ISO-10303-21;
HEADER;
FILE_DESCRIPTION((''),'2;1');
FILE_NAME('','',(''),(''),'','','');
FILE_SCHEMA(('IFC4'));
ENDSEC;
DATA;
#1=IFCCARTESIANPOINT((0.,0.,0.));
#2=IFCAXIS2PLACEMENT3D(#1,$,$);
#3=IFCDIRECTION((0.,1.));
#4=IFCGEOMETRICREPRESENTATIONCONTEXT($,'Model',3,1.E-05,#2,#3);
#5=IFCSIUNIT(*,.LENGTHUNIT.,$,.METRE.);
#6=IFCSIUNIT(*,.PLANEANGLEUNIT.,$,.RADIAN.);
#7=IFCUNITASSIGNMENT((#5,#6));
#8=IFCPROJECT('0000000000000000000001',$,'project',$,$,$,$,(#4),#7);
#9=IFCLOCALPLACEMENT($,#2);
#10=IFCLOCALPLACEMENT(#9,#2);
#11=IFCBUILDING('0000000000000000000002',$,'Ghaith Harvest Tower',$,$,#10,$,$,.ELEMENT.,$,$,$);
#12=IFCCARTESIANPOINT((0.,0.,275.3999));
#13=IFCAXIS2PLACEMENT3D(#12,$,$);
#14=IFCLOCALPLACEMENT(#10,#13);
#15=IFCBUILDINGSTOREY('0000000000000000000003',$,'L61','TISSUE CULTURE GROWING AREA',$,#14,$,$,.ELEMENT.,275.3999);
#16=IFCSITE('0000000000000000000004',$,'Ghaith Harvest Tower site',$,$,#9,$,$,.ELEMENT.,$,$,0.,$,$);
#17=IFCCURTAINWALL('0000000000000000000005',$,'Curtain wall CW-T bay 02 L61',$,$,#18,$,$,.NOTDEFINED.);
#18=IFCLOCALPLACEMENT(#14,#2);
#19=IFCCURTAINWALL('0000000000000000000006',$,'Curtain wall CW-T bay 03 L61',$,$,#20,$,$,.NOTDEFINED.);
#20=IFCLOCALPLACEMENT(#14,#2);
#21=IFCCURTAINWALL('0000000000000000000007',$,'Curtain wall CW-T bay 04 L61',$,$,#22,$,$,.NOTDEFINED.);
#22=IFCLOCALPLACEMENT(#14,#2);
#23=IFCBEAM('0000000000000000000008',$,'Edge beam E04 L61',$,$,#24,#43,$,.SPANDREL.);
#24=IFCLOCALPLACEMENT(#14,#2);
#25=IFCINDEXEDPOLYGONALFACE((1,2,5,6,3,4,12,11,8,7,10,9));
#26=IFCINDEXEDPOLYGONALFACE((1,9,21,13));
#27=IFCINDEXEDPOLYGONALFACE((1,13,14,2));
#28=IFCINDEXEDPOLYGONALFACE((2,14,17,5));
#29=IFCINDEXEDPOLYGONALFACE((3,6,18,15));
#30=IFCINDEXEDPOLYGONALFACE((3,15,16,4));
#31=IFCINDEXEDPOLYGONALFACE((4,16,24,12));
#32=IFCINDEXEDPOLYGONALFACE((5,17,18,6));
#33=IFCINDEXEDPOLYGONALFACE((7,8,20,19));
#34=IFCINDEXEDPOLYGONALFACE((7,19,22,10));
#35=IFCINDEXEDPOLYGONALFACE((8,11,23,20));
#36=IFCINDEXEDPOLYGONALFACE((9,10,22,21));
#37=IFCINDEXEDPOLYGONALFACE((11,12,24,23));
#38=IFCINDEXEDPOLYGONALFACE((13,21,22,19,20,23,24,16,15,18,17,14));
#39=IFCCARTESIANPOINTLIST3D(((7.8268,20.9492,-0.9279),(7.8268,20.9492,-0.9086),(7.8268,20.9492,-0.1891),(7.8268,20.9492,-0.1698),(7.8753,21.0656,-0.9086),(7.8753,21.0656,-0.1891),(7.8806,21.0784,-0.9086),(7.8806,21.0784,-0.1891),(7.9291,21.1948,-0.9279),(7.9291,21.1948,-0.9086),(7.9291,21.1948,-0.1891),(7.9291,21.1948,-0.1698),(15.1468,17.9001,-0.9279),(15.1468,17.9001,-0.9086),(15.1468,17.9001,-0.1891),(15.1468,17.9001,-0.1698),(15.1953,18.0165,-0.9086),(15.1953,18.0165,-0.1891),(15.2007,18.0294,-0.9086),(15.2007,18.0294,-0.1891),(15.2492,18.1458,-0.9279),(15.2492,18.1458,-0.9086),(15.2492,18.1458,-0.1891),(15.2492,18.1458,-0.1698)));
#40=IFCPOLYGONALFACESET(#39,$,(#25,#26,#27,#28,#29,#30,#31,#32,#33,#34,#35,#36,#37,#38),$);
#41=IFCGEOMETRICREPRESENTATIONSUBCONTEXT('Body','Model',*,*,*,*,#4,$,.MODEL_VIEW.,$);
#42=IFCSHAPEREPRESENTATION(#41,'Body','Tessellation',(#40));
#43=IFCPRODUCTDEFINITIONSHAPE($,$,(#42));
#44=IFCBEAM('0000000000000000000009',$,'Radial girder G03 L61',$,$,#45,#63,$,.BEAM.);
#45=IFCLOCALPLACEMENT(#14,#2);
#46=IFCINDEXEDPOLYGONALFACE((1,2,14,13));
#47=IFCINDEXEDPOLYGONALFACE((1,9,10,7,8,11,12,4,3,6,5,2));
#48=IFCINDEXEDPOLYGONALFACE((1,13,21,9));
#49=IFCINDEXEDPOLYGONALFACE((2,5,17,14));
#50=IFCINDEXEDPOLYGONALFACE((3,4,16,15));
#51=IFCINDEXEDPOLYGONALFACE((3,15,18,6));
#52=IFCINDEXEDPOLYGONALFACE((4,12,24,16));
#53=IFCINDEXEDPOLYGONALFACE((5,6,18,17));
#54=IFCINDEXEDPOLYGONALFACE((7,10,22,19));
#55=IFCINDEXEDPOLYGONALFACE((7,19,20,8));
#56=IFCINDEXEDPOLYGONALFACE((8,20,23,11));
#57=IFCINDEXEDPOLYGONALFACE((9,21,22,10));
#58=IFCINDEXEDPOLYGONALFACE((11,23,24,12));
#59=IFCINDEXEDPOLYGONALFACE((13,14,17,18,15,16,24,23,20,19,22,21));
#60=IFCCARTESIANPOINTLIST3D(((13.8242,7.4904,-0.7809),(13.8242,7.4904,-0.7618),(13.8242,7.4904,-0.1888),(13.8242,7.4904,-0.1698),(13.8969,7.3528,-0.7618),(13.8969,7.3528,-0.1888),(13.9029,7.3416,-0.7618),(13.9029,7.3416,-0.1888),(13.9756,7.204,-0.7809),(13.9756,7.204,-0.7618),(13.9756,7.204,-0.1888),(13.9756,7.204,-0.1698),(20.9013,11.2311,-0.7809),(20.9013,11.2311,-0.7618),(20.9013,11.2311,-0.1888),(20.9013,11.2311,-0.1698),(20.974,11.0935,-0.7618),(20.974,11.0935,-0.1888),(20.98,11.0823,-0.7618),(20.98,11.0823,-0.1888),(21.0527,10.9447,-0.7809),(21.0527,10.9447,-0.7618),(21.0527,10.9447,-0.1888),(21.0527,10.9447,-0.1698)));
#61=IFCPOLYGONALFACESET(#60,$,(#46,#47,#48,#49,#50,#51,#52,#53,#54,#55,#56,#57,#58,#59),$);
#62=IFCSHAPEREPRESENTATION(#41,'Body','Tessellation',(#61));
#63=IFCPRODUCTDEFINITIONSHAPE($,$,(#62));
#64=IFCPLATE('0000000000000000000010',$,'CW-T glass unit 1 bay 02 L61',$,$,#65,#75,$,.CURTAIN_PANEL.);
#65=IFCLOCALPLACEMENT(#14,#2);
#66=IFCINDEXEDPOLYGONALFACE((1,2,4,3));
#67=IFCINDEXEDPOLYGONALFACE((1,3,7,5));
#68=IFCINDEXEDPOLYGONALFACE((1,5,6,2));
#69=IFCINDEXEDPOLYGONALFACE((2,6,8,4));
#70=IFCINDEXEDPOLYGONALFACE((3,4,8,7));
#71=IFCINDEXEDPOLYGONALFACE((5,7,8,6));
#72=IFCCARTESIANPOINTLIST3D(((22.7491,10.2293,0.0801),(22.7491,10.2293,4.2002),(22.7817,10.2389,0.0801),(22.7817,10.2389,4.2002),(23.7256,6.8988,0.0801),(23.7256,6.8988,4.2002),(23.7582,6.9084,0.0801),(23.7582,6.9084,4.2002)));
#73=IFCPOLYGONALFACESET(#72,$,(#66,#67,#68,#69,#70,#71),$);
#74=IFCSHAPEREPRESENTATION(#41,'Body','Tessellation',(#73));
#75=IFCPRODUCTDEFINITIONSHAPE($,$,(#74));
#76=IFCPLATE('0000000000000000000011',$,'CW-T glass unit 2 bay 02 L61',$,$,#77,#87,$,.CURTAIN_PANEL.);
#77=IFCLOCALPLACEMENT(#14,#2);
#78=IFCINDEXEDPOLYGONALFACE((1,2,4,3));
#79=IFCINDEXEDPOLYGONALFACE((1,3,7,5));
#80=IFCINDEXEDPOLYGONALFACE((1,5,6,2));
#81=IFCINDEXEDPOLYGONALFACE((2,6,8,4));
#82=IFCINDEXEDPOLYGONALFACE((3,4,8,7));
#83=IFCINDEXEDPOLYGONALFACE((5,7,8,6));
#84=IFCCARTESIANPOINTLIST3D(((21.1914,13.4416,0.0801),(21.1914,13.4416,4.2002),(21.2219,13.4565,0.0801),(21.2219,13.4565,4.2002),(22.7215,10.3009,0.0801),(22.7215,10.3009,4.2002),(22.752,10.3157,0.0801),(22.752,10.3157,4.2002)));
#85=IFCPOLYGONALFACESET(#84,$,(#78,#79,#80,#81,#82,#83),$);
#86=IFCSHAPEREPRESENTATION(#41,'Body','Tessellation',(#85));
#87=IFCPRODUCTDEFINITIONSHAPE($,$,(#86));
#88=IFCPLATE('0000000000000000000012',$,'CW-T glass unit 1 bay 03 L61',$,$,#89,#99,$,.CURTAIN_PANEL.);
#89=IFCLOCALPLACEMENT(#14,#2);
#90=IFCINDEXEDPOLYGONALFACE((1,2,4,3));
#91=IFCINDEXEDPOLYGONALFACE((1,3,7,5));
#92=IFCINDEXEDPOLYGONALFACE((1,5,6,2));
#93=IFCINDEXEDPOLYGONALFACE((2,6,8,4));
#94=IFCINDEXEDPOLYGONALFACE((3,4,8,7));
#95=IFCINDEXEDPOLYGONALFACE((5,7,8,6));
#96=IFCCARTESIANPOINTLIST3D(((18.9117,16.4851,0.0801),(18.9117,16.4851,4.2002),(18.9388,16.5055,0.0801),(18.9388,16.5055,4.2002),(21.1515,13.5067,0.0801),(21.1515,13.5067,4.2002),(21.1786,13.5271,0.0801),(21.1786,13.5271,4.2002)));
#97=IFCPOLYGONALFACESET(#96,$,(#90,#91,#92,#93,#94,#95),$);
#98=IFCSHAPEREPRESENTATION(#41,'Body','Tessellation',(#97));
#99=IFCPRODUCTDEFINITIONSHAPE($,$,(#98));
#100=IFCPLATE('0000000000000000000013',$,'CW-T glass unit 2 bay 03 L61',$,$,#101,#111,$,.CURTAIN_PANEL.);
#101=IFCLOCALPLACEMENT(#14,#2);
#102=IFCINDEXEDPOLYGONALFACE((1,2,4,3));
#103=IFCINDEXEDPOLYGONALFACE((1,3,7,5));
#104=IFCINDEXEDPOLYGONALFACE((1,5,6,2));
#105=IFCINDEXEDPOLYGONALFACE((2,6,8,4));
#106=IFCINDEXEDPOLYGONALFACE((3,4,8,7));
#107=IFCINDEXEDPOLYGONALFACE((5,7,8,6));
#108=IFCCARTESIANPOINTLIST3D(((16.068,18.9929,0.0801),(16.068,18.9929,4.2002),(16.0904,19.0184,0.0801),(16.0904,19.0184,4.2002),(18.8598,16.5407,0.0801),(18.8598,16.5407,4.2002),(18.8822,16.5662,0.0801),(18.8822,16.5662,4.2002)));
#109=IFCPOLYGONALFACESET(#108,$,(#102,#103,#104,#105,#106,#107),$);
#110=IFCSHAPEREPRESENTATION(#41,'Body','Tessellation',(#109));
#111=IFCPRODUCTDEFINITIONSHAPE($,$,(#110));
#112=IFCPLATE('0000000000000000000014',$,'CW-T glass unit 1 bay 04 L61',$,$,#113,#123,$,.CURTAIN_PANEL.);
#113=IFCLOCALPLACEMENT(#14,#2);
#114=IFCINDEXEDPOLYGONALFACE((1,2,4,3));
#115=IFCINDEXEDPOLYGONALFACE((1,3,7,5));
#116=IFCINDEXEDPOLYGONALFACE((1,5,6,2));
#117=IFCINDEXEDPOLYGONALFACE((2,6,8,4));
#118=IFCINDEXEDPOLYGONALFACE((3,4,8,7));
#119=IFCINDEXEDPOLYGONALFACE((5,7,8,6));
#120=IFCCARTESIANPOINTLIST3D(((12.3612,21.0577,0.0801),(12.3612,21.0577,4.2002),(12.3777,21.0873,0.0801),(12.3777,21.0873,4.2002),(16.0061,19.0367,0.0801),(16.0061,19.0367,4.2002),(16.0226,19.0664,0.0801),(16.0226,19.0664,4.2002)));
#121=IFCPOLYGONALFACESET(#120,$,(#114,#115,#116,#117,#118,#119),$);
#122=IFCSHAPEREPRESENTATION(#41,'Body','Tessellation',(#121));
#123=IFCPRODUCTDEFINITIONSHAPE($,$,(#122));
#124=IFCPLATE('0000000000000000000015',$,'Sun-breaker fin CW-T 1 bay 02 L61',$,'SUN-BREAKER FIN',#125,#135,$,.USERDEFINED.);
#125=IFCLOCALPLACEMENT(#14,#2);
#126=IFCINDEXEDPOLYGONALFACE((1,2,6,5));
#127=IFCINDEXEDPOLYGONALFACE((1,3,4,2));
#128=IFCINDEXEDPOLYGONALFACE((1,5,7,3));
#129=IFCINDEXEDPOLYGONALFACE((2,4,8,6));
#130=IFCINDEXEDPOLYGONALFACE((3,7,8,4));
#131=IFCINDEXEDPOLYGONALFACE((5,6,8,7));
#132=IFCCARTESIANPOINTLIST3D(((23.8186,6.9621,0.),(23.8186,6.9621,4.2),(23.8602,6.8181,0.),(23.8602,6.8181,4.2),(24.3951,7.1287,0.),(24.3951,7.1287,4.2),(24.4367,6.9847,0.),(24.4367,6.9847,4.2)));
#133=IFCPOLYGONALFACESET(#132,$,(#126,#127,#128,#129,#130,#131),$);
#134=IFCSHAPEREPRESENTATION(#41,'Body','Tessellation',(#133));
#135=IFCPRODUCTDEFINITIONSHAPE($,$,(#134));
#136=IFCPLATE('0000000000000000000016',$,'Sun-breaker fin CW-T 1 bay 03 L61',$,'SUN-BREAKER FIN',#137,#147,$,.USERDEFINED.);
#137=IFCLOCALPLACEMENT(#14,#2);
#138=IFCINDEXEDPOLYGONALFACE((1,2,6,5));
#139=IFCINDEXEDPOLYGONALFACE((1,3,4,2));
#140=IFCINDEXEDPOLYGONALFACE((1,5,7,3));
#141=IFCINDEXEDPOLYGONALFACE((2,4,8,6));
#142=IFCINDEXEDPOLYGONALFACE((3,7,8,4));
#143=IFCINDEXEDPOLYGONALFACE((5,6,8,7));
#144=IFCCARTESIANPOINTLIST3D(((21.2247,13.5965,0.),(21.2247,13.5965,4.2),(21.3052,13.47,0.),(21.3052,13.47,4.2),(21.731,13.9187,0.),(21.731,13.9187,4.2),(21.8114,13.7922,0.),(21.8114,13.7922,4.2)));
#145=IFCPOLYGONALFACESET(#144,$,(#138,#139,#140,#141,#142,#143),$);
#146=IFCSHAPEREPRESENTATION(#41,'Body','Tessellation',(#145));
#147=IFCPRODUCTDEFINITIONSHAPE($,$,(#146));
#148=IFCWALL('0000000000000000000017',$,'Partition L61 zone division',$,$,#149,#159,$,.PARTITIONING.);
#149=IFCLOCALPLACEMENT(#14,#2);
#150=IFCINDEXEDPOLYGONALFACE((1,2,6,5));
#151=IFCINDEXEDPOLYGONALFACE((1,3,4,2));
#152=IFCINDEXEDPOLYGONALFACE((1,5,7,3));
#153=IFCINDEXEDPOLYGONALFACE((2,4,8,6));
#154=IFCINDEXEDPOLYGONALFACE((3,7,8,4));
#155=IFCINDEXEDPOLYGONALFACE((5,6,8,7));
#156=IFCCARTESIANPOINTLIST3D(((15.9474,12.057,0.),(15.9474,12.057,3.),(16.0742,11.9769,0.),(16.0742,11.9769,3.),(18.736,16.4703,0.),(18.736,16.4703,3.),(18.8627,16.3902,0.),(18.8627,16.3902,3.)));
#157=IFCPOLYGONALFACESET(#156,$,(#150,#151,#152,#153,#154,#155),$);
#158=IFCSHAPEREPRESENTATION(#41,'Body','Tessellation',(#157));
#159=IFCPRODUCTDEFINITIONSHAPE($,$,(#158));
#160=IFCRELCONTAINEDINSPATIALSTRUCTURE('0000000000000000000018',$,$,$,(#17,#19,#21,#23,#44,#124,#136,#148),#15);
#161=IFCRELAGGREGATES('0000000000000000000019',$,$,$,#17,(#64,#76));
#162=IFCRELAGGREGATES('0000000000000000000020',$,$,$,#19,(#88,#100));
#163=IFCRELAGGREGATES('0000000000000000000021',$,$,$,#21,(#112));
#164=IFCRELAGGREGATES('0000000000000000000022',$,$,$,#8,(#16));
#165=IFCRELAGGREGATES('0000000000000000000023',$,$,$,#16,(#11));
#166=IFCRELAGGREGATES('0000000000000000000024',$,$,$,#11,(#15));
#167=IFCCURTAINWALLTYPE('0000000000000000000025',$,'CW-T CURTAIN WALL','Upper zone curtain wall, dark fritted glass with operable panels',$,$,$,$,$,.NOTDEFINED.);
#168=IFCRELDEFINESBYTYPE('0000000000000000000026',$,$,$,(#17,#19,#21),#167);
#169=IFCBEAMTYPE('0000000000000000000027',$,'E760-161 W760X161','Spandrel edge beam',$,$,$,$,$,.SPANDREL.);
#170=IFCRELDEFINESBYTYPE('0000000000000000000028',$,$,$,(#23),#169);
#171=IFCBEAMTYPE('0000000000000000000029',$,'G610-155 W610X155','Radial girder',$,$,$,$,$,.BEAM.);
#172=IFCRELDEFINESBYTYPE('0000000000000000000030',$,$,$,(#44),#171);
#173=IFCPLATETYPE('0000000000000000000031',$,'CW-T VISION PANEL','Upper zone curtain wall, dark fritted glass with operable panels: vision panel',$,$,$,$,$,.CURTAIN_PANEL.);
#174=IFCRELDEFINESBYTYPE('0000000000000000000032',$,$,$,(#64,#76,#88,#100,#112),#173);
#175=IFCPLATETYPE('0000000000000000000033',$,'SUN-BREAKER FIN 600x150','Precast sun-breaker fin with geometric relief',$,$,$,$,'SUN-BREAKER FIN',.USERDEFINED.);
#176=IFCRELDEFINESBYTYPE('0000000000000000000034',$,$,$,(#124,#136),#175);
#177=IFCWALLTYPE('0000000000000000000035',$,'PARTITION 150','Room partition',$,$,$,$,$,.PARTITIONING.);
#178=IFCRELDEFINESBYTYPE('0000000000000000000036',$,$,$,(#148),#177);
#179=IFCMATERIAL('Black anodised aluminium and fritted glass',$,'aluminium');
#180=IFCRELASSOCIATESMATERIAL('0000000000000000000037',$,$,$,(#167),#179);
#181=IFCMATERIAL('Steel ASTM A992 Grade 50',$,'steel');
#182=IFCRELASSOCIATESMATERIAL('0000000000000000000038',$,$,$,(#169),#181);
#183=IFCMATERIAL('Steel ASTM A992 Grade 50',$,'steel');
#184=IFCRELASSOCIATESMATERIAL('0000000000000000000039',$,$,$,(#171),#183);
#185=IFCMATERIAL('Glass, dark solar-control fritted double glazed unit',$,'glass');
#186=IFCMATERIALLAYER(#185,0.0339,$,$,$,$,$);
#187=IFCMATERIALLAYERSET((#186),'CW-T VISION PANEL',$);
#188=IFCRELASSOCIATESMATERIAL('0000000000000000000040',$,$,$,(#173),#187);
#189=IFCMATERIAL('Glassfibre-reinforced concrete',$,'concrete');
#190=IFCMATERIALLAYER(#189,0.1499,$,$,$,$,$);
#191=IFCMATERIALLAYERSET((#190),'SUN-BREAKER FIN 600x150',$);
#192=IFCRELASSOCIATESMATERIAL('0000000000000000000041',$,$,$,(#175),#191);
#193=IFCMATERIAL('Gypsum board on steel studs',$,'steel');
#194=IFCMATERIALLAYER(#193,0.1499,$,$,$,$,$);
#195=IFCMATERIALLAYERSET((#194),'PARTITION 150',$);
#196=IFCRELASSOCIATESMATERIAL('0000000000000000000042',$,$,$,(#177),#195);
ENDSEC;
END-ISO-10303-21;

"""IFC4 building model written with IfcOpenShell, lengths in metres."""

from ifc_helpers import new_model, si_unit, direction, frame, frame_2d, origin, origin_2d, place, context, subcontext, project, spatial, rectangle, i_section, extrude, material, layer, layer_set, material_profile, profile_set, type_object, element, aggregate, save


model = new_model("IFC4")

# Units and contexts
model_context = context("Model", 3, precision=1e-05, world=origin(), true_north=direction((0.0, 1.0)))
body_context = subcontext(model_context, "Body", "Model", "MODEL_VIEW")
ifc_project = project(units=[si_unit("LENGTHUNIT", "METRE"), si_unit("PLANEANGLEUNIT", "RADIAN")], contexts=[model_context])

# Site, building, storey
site_placement = place(None, origin())
site = spatial("IfcSite", under=ifc_project, at=site_placement, Name="Ghaith Harvest Tower site", CompositionType="ELEMENT", RefElevation=0.0)
building_placement = place(site_placement, origin())
building = spatial("IfcBuilding", under=site, at=building_placement, Name="Ghaith Harvest Tower", CompositionType="ELEMENT")
storey_placement = place(building_placement, frame((0.0, 0.0, 275.3999)))
storey = spatial("IfcBuildingStorey", under=building, at=storey_placement, Name="L61", Description="TISSUE CULTURE GROWING AREA", CompositionType="ELEMENT", Elevation=275.3999)

# Curtain walls
ifc_material_1 = material(Name="Black anodised aluminium and fritted glass", Category="aluminium")
curtain_wall_type = type_object("IfcCurtainWallType", Name="CW-T CURTAIN WALL", Description="Upper zone curtain wall, dark fritted glass with operable panels", PredefinedType="NOTDEFINED", material=ifc_material_1)
curtain_wall_1_placement = place(storey_placement, origin())
curtain_wall_1 = element("IfcCurtainWall", 1, at=curtain_wall_1_placement, inside=storey, type_object=curtain_wall_type, Name="Curtain wall CW-T bay 02 L61", PredefinedType="NOTDEFINED")
curtain_wall_2_placement = place(storey_placement, origin())
curtain_wall_2 = element("IfcCurtainWall", 2, at=curtain_wall_2_placement, inside=storey, type_object=curtain_wall_type, Name="Curtain wall CW-T bay 03 L61", PredefinedType="NOTDEFINED")

# Curtain wall
curtain_wall_3_placement = place(storey_placement, origin())
curtain_wall_3 = element("IfcCurtainWall", 3, at=curtain_wall_3_placement, inside=storey, type_object=curtain_wall_type, Name="Curtain wall CW-T bay 04 L61", PredefinedType="NOTDEFINED")

# Beams
ifc_material_2 = material(Name="Steel ASTM A992 Grade 50", Category="steel")
ifc_material_profile_1 = material_profile(ifc_material_2, i_section(OverallWidth=0.2661, OverallDepth=0.7581, WebThickness=0.0139, FlangeThickness=0.0193, at=origin_2d()), Name="W760X161")
ifc_profile_set_1 = profile_set([ifc_material_profile_1], Name="Steel ASTM A992 Grade 50")
beam_type_1 = type_object("IfcBeamType", Name="E760-161 W760X161", Description="Spandrel edge beam", PredefinedType="SPANDREL", material=ifc_profile_set_1)
beam_1_placement = place(storey_placement, frame((15.198, 18.0229, -0.5488), z_axis=(-0.92312, 0.384513, 0.0), x_axis=(-0.384513, -0.92312, 0.0)))
element("IfcBeam", 4, at=beam_1_placement, inside=storey, type_object=beam_type_1, Name="Edge beam E04 L61", PredefinedType="SPANDREL", context=body_context, shape_type="SweptSolid", body=[
    extrude(i_section(OverallWidth=0.2661, OverallDepth=0.7581, WebThickness=0.0139, FlangeThickness=0.0193, at=origin_2d()), origin(), (0.0, 0.0, 1.0), 7.9297),
])
ifc_material_3 = material(Name="Steel ASTM A992 Grade 50", Category="steel")
ifc_material_profile_2 = material_profile(ifc_material_3, i_section(OverallWidth=0.324, OverallDepth=0.6111, WebThickness=0.0127, FlangeThickness=0.019, at=origin_2d()), Name="W610X155")
ifc_profile_set_2 = profile_set([ifc_material_profile_2], Name="Steel ASTM A992 Grade 50")
beam_type_2 = type_object("IfcBeamType", Name="G610-155 W610X155", Description="Radial girder", PredefinedType="BEAM", material=ifc_profile_set_2)
beam_2_placement = place(storey_placement, frame((13.8999, 7.3472, -0.4753), z_axis=(0.884098, 0.467302, 0.0), x_axis=(-0.467302, 0.884098, 0.0)))
element("IfcBeam", 5, at=beam_2_placement, inside=storey, type_object=beam_type_2, Name="Radial girder G03 L61", PredefinedType="BEAM", context=body_context, shape_type="SweptSolid", body=[
    extrude(i_section(OverallWidth=0.324, OverallDepth=0.6111, WebThickness=0.0127, FlangeThickness=0.019, at=origin_2d()), origin(), (0.0, 0.0, 1.0), 8.0049),
])

# Plates
ifc_material_4 = material(Name="Glass, dark solar-control fritted double glazed unit", Category="glass")
ifc_layer_1 = layer(ifc_material_4, 0.0339)
ifc_layer_set_1 = layer_set([ifc_layer_1], Name="CW-T VISION PANEL")
plate_type_1 = type_object("IfcPlateType", Name="CW-T VISION PANEL", Description="Upper zone curtain wall, dark fritted glass with operable panels: vision panel", PredefinedType="CURTAIN_PANEL", material=ifc_layer_set_1)
plate_1_placement = place(storey_placement, frame((23.2537, 8.5688, 0.0801), z_axis=(0.0, 0.0, 1.0), x_axis=(-0.281345, 0.959607, 0.0)))
plate_1 = element("IfcPlate", 6, at=plate_1_placement, type_object=plate_type_1, Name="CW-T glass unit 1 bay 02 L61", PredefinedType="CURTAIN_PANEL", context=body_context, shape_type="SweptSolid", body=[
    extrude(rectangle(XDim=3.4707, YDim=0.0339, at=origin_2d()), origin(), (0.0, 0.0, 1.0), 4.1201),
])
plate_2_placement = place(storey_placement, frame((21.9717, 11.8787, 0.0801), z_axis=(0.0, 0.0, 1.0), x_axis=(-0.437968, 0.89899, 0.0)))
plate_2 = element("IfcPlate", 7, at=plate_2_placement, type_object=plate_type_1, Name="CW-T glass unit 2 bay 02 L61", PredefinedType="CURTAIN_PANEL", context=body_context, shape_type="SweptSolid", body=[
    extrude(rectangle(XDim=3.4937, YDim=0.0339, at=origin_2d()), origin(), (0.0, 0.0, 1.0), 4.1201),
])
aggregate(curtain_wall_1, [plate_1, plate_2])
plate_3_placement = place(storey_placement, frame((20.0452, 15.0061, 0.0801), z_axis=(0.0, 0.0, 1.0), x_axis=(-0.601048, 0.799213, 0.0)))
plate_3 = element("IfcPlate", 8, at=plate_3_placement, type_object=plate_type_1, Name="CW-T glass unit 1 bay 03 L61", PredefinedType="CURTAIN_PANEL", context=body_context, shape_type="SweptSolid", body=[
    extrude(rectangle(XDim=3.7266, YDim=0.0339, at=origin_2d()), origin(), (0.0, 0.0, 1.0), 4.1201),
])
plate_4_placement = place(storey_placement, frame((17.4751, 17.7795, 0.0801), z_axis=(0.0, 0.0, 1.0), x_axis=(-0.751335, 0.659922, 0.0)))
plate_4 = element("IfcPlate", 9, at=plate_4_placement, type_object=plate_type_1, Name="CW-T glass unit 2 bay 03 L61", PredefinedType="CURTAIN_PANEL", context=body_context, shape_type="SweptSolid", body=[
    extrude(rectangle(XDim=3.7158, YDim=0.0339, at=origin_2d()), origin(), (0.0, 0.0, 1.0), 4.1201),
])
aggregate(curtain_wall_2, [plate_3, plate_4])
plate_5_placement = place(storey_placement, frame((14.1919, 20.062, 0.0801), z_axis=(0.0, 0.0, 1.0), x_axis=(-0.874564, 0.48491, 0.0)))
plate_5 = element("IfcPlate", 10, at=plate_5_placement, type_object=plate_type_1, Name="CW-T glass unit 1 bay 04 L61", PredefinedType="CURTAIN_PANEL", context=body_context, shape_type="SweptSolid", body=[
    extrude(rectangle(XDim=4.1677, YDim=0.0339, at=origin_2d()), origin(), (0.0, 0.0, 1.0), 4.1201),
])
aggregate(curtain_wall_3, [plate_5])

# Plates
ifc_material_5 = material(Name="Glassfibre-reinforced concrete", Category="concrete")
ifc_layer_2 = layer(ifc_material_5, 0.1499)
ifc_layer_set_2 = layer_set([ifc_layer_2], Name="SUN-BREAKER FIN 600x150")
plate_type_2 = type_object("IfcPlateType", Name="SUN-BREAKER FIN 600x150", Description="Precast sun-breaker fin with geometric relief", ElementType="SUN-BREAKER FIN", PredefinedType="USERDEFINED", material=ifc_layer_set_2)
for number, where, z_axis, x_axis, name in (
    (11, (24.1277, 6.9734, 0.0), (0.0, 0.0, 1.0), (0.96068, 0.277657, 0.0), "Sun-breaker fin CW-T 1 bay 02 L61"),
    (12, (21.5181, 13.6943, 0.0), (0.0, 0.0, 1.0), (0.843644, 0.536903, 0.0), "Sun-breaker fin CW-T 1 bay 03 L61"),
):
    element("IfcPlate", number, at=place(storey_placement, frame(where, z_axis=z_axis, x_axis=x_axis)), inside=storey, type_object=plate_type_2, Name=name, ObjectType="SUN-BREAKER FIN", PredefinedType="USERDEFINED", context=body_context, shape_type="SweptSolid", body=[
        extrude(rectangle(XDim=0.6001, YDim=0.1499, at=origin_2d()), origin(), (0.0, 0.0, 1.0), 4.2),
    ])

# Wall
ifc_material_6 = material(Name="Gypsum board on steel studs", Category="steel")
ifc_layer_3 = layer(ifc_material_6, 0.1499)
ifc_layer_set_3 = layer_set([ifc_layer_3], Name="PARTITION 150")
wall_type_1 = type_object("IfcWallType", Name="PARTITION 150", Description="Room partition", PredefinedType="PARTITIONING", material=ifc_layer_set_3)
wall_1_placement = place(storey_placement, frame((16.0107, 12.0168, 0.0), z_axis=(0.0, 0.0, 1.0), x_axis=(0.534158, 0.845384, 0.0)))
element("IfcWall", 13, at=wall_1_placement, inside=storey, type_object=wall_type_1, Name="Partition L61 zone division", PredefinedType="PARTITIONING", context=body_context, shape_type="SweptSolid", body=[
    extrude(rectangle(XDim=5.2205, YDim=0.1499, at=frame_2d((2.6104, 0.0))), origin(), (0.0, 0.0, 1.0), 3.0),
])

save(model, "model.ifc")
